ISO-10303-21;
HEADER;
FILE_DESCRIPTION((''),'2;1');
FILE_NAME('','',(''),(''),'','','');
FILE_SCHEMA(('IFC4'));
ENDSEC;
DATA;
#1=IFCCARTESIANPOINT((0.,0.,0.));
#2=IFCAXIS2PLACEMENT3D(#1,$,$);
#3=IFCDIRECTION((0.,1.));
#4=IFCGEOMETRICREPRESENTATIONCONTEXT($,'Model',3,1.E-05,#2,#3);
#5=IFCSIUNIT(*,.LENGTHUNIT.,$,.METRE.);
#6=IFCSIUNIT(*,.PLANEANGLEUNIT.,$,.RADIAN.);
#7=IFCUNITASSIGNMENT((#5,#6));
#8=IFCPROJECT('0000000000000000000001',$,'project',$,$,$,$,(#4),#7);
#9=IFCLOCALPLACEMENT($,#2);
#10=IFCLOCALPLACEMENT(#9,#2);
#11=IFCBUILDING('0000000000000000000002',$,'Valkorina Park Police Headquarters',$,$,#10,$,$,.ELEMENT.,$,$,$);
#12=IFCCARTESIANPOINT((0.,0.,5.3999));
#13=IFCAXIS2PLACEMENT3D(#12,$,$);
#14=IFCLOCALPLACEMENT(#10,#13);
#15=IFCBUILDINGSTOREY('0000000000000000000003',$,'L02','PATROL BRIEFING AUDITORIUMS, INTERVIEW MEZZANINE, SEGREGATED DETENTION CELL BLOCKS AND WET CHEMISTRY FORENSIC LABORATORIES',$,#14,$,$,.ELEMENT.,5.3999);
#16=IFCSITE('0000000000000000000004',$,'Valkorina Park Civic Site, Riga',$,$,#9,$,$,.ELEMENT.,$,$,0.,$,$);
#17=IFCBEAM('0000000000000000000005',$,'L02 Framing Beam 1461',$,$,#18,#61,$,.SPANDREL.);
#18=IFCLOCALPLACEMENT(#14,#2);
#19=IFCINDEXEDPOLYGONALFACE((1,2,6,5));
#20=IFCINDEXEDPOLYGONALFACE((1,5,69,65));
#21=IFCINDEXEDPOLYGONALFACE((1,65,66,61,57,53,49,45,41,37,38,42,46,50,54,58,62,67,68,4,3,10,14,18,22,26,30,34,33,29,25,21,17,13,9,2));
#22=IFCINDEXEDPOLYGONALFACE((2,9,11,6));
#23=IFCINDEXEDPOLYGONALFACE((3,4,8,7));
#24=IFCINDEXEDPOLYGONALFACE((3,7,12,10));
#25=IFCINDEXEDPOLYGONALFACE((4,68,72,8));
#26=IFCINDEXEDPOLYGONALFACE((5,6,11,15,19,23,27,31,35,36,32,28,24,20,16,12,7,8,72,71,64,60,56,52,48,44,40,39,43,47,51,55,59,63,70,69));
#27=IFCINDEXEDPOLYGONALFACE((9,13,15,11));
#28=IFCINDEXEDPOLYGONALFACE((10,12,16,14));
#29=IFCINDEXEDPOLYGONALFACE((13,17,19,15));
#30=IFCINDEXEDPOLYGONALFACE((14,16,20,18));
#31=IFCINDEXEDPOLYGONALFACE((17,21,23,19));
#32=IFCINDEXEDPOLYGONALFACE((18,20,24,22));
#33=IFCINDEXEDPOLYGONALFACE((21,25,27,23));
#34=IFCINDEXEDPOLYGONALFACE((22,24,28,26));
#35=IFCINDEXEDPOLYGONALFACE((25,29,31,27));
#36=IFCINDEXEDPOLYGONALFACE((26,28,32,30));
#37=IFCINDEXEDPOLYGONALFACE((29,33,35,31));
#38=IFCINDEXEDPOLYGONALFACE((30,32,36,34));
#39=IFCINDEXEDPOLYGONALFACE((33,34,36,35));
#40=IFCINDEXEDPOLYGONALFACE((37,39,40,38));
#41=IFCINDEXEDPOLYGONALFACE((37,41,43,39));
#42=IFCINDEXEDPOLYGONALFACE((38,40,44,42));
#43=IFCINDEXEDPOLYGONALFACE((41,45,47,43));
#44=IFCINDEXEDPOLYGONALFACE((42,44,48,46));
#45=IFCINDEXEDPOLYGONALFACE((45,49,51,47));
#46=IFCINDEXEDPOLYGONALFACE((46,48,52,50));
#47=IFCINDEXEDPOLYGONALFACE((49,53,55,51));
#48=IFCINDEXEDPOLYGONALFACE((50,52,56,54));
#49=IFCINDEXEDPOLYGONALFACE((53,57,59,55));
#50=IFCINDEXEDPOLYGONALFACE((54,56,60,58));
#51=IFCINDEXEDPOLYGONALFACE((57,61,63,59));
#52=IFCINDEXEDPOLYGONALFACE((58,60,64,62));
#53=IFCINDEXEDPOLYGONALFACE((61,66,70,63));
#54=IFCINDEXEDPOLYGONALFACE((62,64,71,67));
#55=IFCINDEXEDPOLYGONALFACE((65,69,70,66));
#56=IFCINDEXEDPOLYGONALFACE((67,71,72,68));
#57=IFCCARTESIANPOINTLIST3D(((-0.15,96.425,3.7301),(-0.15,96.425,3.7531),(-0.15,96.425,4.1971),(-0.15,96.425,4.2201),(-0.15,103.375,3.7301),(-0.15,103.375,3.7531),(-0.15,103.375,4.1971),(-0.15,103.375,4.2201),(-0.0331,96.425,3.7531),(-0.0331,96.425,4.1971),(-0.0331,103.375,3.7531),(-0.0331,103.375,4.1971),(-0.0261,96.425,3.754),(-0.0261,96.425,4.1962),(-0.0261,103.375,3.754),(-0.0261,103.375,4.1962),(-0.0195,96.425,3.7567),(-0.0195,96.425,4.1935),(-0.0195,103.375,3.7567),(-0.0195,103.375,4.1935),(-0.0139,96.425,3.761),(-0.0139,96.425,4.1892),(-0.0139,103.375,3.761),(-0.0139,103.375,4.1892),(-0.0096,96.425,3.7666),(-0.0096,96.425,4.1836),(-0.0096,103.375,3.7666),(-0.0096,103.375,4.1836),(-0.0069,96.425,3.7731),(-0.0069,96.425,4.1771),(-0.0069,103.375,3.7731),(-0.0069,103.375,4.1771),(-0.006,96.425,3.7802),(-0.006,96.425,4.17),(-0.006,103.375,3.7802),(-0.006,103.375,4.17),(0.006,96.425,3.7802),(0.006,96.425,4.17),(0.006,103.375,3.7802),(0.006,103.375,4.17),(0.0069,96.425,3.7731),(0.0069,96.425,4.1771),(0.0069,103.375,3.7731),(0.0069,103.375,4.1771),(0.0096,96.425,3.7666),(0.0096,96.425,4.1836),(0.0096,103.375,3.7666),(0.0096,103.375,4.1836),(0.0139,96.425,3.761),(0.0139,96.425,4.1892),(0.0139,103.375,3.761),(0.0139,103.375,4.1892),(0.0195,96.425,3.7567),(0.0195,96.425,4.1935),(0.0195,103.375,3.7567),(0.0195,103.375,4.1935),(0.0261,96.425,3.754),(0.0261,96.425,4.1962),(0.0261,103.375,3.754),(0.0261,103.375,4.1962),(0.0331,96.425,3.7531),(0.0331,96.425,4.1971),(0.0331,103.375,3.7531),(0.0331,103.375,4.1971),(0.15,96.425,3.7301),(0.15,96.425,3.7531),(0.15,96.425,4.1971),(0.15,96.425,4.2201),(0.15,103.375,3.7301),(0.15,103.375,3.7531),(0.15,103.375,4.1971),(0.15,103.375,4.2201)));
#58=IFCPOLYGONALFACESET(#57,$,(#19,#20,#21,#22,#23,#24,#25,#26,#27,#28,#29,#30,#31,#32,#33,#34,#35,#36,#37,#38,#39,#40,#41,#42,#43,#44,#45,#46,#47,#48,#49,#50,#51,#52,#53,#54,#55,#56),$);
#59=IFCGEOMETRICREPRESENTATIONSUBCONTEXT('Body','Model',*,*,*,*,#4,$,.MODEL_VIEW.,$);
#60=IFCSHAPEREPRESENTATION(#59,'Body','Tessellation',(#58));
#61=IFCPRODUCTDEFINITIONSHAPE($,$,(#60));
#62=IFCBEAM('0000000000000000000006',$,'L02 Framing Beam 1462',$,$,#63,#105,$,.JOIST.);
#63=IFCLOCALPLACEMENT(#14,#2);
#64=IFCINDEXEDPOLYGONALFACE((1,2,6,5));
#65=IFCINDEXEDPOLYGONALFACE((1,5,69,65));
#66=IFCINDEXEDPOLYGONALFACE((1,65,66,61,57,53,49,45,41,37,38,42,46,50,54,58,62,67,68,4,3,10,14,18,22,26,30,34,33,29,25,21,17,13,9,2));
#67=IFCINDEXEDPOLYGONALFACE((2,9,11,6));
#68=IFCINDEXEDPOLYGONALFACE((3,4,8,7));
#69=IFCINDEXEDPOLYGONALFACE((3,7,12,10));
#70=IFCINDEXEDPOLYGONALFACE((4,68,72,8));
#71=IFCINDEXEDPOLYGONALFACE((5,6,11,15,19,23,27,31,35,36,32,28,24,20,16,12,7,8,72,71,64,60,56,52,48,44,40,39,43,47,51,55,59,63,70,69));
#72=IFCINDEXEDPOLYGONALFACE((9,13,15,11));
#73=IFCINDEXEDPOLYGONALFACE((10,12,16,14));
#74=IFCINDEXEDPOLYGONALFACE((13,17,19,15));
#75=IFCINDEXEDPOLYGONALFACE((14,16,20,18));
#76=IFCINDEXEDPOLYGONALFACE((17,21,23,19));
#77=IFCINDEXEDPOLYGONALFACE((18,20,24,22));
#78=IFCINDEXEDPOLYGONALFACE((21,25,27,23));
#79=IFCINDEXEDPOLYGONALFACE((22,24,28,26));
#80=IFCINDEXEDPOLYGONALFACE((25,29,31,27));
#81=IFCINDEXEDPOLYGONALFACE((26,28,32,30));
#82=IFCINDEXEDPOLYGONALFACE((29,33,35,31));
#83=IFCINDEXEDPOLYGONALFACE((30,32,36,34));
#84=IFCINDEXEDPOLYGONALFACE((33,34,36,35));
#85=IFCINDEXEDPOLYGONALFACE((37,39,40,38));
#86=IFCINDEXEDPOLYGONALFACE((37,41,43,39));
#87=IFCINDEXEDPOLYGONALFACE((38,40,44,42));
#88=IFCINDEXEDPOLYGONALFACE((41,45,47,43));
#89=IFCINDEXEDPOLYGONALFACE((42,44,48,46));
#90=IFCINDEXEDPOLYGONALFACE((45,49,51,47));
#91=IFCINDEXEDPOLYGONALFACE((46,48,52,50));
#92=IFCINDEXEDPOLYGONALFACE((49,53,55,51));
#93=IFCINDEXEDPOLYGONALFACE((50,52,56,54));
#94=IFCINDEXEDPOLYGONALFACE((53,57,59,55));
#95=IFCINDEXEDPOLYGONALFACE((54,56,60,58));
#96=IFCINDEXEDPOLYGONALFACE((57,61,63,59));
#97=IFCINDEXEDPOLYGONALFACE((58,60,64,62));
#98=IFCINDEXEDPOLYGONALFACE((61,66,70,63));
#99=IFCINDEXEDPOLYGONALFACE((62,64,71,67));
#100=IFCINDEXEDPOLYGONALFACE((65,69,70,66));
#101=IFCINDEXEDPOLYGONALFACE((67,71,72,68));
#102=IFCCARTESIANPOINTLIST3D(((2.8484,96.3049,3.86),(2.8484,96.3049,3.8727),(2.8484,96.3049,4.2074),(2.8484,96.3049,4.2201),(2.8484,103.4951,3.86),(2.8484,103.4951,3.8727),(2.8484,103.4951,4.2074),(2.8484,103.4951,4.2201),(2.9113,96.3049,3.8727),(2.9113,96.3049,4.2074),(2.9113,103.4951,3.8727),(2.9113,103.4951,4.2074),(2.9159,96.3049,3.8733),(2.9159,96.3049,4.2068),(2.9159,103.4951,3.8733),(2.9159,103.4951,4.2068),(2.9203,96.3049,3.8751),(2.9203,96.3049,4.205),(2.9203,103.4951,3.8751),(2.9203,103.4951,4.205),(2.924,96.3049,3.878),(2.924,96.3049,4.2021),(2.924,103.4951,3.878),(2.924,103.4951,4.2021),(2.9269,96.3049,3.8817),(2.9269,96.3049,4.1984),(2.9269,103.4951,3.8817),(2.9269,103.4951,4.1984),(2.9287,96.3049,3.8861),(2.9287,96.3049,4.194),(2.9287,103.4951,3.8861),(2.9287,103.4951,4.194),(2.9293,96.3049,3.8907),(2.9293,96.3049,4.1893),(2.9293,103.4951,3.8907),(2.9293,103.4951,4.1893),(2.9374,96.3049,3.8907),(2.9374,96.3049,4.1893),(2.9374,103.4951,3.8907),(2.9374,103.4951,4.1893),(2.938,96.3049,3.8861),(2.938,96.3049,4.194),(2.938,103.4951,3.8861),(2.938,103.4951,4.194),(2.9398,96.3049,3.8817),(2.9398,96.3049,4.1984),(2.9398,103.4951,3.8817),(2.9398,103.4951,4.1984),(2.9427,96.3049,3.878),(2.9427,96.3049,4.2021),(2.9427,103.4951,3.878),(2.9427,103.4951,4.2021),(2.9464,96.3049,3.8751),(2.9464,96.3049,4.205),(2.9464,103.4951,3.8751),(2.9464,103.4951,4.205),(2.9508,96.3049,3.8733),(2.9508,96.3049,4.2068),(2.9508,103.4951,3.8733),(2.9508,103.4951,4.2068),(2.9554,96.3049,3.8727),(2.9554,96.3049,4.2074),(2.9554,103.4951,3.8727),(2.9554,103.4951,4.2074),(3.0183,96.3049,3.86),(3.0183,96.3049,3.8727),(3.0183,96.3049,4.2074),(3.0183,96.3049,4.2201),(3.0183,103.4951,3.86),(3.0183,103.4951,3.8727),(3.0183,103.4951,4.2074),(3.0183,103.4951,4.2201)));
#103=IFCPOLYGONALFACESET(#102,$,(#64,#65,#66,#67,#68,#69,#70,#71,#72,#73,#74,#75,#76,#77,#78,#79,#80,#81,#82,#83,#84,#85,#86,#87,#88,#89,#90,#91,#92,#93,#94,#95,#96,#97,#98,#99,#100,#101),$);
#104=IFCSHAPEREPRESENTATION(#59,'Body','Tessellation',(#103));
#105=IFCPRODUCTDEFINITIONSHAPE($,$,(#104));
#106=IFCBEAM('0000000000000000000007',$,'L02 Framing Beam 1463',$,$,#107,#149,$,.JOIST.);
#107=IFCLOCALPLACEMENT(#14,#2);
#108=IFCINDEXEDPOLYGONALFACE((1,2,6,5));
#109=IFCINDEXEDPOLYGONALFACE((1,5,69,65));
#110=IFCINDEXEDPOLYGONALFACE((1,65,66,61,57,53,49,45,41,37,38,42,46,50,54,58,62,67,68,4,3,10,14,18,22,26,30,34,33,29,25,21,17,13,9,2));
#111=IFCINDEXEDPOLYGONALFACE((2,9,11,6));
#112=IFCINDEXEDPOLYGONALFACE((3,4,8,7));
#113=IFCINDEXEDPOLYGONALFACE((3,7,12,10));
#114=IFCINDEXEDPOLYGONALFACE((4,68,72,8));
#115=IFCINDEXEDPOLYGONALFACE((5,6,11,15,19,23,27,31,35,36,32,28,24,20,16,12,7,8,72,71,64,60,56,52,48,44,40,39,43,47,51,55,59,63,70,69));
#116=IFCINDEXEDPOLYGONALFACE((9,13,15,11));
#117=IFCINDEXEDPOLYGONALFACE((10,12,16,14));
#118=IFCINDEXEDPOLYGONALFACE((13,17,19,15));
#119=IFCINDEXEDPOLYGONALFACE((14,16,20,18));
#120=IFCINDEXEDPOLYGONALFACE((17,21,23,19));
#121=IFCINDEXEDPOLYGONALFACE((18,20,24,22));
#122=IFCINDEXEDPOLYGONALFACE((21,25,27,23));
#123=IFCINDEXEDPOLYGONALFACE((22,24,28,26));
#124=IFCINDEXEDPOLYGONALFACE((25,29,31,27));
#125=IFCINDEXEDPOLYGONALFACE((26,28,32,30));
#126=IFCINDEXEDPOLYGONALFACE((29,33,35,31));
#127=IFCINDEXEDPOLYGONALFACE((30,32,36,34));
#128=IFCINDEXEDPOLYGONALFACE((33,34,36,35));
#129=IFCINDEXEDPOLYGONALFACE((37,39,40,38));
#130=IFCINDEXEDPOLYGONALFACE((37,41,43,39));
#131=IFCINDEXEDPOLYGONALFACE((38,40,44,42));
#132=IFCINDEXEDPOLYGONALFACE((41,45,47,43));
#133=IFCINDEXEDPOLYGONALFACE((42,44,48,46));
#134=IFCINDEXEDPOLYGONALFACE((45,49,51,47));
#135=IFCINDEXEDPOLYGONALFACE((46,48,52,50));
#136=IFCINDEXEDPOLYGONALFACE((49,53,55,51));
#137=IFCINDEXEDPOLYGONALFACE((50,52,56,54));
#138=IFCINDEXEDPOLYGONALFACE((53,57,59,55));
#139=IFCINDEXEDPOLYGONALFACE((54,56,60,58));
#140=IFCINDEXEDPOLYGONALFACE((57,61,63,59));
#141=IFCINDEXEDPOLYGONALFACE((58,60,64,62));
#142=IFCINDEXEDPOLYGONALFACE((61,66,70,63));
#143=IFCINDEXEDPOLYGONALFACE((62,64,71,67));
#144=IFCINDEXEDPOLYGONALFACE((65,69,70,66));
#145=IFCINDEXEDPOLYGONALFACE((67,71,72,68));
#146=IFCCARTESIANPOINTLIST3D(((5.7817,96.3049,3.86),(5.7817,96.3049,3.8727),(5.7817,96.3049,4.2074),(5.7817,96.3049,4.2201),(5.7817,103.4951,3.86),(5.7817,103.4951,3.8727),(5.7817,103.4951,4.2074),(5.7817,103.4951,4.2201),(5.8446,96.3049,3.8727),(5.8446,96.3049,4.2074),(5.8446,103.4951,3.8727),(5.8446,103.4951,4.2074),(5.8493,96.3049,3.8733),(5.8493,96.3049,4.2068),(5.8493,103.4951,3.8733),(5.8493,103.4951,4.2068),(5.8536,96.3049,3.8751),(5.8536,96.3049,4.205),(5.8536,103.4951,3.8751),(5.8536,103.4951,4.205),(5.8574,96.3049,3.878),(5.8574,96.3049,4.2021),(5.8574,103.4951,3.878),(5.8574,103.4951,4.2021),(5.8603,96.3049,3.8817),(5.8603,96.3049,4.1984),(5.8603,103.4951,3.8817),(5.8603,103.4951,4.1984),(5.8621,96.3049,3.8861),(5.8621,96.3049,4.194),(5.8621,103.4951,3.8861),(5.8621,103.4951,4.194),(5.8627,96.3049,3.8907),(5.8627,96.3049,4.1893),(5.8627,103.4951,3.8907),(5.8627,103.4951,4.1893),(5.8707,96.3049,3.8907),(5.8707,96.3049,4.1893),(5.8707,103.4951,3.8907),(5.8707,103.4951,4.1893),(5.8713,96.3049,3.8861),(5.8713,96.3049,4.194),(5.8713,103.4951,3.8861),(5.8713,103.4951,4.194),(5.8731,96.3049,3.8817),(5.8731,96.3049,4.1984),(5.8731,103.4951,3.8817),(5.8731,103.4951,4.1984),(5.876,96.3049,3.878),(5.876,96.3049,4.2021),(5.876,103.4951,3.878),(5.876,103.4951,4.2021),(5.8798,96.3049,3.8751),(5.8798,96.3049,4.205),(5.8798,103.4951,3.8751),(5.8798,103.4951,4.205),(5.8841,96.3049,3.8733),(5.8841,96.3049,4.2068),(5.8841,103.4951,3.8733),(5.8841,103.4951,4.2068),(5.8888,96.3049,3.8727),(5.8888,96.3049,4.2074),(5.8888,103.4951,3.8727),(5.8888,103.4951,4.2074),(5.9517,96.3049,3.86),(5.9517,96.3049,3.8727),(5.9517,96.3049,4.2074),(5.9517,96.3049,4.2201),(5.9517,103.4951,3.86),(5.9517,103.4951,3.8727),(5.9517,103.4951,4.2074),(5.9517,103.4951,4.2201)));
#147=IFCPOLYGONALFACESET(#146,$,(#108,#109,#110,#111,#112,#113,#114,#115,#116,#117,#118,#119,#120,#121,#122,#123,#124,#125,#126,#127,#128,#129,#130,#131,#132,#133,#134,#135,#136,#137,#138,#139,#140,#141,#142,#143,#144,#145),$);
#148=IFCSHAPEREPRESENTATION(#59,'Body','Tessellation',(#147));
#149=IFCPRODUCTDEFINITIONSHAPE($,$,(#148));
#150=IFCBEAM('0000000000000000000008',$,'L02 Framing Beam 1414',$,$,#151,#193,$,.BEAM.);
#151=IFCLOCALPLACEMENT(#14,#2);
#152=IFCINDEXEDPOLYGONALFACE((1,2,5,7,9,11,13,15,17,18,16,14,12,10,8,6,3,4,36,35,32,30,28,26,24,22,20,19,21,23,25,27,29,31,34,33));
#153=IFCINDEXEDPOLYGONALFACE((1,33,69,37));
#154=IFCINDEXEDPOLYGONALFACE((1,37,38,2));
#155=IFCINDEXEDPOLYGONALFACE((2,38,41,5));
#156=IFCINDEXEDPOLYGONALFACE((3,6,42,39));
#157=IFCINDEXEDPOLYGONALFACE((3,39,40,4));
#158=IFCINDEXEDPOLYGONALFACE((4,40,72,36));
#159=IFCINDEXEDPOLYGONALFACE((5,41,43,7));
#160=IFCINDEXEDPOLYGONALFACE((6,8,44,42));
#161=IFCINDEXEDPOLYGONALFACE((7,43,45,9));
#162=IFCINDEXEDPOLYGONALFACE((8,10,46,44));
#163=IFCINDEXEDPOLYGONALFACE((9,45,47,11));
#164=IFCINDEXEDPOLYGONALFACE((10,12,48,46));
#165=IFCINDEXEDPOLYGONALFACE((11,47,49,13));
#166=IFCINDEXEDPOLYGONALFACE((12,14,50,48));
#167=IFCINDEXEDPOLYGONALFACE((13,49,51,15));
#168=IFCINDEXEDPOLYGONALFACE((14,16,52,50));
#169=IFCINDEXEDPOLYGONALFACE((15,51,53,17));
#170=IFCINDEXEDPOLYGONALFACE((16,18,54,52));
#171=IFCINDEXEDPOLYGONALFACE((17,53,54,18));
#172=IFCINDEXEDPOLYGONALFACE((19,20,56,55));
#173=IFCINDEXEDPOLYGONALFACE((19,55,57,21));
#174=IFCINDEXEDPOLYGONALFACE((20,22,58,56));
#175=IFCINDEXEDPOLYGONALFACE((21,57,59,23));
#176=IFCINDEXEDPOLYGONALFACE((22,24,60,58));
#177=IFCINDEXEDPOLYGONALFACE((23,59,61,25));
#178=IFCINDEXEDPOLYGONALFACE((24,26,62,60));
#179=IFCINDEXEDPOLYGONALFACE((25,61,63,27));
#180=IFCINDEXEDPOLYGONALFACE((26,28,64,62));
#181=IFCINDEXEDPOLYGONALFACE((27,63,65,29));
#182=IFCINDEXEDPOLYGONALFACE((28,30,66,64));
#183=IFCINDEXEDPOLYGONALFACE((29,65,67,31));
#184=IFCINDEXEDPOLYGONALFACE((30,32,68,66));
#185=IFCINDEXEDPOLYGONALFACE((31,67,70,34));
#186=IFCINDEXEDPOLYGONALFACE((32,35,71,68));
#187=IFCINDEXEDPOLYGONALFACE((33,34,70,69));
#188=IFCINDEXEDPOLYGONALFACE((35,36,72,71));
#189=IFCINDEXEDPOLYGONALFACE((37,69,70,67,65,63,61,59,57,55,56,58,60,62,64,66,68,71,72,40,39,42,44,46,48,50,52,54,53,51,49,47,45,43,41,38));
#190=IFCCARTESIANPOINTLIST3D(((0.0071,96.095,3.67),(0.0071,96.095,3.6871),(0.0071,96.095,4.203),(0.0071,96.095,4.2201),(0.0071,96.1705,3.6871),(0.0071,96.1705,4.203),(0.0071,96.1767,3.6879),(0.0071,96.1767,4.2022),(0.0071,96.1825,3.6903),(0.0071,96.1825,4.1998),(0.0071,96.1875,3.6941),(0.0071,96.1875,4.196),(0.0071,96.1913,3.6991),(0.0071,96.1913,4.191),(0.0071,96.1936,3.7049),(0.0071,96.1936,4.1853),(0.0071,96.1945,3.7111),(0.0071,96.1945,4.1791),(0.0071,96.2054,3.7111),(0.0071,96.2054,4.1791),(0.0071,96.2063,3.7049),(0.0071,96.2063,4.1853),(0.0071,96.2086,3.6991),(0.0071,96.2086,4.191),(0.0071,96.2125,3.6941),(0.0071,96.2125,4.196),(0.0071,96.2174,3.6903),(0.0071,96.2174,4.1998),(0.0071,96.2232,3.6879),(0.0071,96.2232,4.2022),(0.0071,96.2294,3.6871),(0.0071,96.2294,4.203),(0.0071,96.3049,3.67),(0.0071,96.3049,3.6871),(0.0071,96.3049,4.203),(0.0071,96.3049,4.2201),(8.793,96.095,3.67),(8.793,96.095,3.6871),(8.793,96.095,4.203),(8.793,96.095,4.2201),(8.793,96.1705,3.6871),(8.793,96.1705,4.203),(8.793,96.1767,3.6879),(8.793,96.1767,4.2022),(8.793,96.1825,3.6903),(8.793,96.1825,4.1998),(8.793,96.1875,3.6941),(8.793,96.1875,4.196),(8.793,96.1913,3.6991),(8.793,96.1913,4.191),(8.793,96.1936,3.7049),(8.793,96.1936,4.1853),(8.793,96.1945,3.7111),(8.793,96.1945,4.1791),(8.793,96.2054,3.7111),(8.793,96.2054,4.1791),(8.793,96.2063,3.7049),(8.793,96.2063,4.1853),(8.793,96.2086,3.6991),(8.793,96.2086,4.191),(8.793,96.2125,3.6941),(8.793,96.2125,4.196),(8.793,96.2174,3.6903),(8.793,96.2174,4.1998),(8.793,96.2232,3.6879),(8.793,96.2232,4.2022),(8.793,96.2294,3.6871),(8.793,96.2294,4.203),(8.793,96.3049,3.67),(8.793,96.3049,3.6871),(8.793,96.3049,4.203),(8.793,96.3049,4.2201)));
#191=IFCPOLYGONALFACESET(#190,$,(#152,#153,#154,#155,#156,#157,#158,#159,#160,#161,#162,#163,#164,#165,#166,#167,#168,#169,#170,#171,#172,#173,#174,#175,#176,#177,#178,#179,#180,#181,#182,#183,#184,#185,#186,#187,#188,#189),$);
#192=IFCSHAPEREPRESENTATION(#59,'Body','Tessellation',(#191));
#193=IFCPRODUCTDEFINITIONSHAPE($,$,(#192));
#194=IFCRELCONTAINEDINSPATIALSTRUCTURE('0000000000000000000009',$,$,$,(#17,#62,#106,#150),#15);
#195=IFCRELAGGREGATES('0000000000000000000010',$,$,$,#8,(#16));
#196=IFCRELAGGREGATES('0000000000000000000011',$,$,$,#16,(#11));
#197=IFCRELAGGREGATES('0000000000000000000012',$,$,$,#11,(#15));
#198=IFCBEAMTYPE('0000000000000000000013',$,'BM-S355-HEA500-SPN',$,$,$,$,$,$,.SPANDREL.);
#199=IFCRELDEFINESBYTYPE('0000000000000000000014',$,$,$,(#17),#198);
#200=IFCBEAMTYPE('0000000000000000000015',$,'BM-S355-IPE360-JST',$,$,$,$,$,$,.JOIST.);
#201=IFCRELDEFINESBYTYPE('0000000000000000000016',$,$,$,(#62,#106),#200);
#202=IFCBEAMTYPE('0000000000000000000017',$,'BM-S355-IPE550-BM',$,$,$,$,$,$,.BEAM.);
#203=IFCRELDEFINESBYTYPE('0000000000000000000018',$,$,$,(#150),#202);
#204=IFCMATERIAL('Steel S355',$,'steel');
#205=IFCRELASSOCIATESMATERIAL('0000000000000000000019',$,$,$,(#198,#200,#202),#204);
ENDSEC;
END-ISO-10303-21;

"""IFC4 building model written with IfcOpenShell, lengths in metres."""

from ifc_helpers import new_model, si_unit, direction, frame, origin, origin_2d, place, context, subcontext, project, spatial, i_section, extrude, material, material_profile, profile_set, type_object, element, save


model = new_model("IFC4")

# Units and contexts
model_context = context("Model", 3, precision=1e-05, world=origin(), true_north=direction((0.0, 1.0)))
body_context = subcontext(model_context, "Body", "Model", "MODEL_VIEW")
ifc_project = project(units=[si_unit("LENGTHUNIT", "METRE"), si_unit("PLANEANGLEUNIT", "RADIAN")], contexts=[model_context])

# Site, building, storey
site_placement = place(None, origin())
site = spatial("IfcSite", under=ifc_project, at=site_placement, Name="Valkorina Park Civic Site, Riga", CompositionType="ELEMENT", RefElevation=0.0)
building_placement = place(site_placement, origin())
building = spatial("IfcBuilding", under=site, at=building_placement, Name="Valkorina Park Police Headquarters", CompositionType="ELEMENT")
storey_placement = place(building_placement, frame((0.0, 0.0, 5.3999)))
storey = spatial("IfcBuildingStorey", under=building, at=storey_placement, Name="L02", Description="PATROL BRIEFING AUDITORIUMS, INTERVIEW MEZZANINE, SEGREGATED DETENTION CELL BLOCKS AND WET CHEMISTRY FORENSIC LABORATORIES", CompositionType="ELEMENT", Elevation=5.3999)

# Shared definitions
ifc_material_1 = material(Name="Steel S355", Category="steel")

# Beams
ifc_material_profile_1 = material_profile(ifc_material_1, i_section(OverallWidth=0.3, OverallDepth=0.49, WebThickness=0.012, FlangeThickness=0.0229, FilletRadius=0.0271, at=origin_2d()), Name="HEA 500")
ifc_profile_set_1 = profile_set([ifc_material_profile_1], Name="Steel S355")
beam_type_1 = type_object("IfcBeamType", Name="BM-S355-HEA500-SPN", PredefinedType="SPANDREL", material=ifc_profile_set_1)
beam_1_placement = place(storey_placement, frame((0.0, 96.425, 3.9751), z_axis=(0.0, 1.0, 0.0), x_axis=(-1.0, 0.0, 0.0)))
element("IfcBeam", 1, at=beam_1_placement, inside=storey, type_object=beam_type_1, Name="L02 Framing Beam 1461", PredefinedType="SPANDREL", context=body_context, shape_type="SweptSolid", body=[
    extrude(i_section(OverallWidth=0.3, OverallDepth=0.49, WebThickness=0.012, FlangeThickness=0.0229, FilletRadius=0.0271, at=origin_2d()), origin(), (0.0, 0.0, 1.0), 6.95),
])
ifc_material_profile_2 = material_profile(ifc_material_1, i_section(OverallWidth=0.1699, OverallDepth=0.3601, WebThickness=0.0081, FlangeThickness=0.0127, FilletRadius=0.0181, at=origin_2d()), Name="IPE 360")
ifc_profile_set_2 = profile_set([ifc_material_profile_2], Name="Steel S355")
beam_type_2 = type_object("IfcBeamType", Name="BM-S355-IPE360-JST", PredefinedType="JOIST", material=ifc_profile_set_2)
for number, where, z_axis, x_axis, name in (
    (2, (2.9333, 96.3049, 4.04), (0.0, 1.0, 0.0), (-1.0, 0.0, 0.0), "L02 Framing Beam 1462"),
    (3, (5.8667, 96.3049, 4.04), (0.0, 1.0, 0.0), (-1.0, 0.0, 0.0), "L02 Framing Beam 1463"),
):
    element("IfcBeam", number, at=place(storey_placement, frame(where, z_axis=z_axis, x_axis=x_axis)), inside=storey, type_object=beam_type_2, Name=name, PredefinedType="JOIST", context=body_context, shape_type="SweptSolid", body=[
        extrude(i_section(OverallWidth=0.1699, OverallDepth=0.3601, WebThickness=0.0081, FlangeThickness=0.0127, FilletRadius=0.0181, at=origin_2d()), origin(), (0.0, 0.0, 1.0), 7.1902),
    ])
ifc_material_profile_3 = material_profile(ifc_material_1, i_section(OverallWidth=0.21, OverallDepth=0.55, WebThickness=0.011, FlangeThickness=0.0171, FilletRadius=0.0239, at=origin_2d()), Name="IPE 550")
ifc_profile_set_3 = profile_set([ifc_material_profile_3], Name="Steel S355")
beam_type_3 = type_object("IfcBeamType", Name="BM-S355-IPE550-BM", PredefinedType="BEAM", material=ifc_profile_set_3)
beam_2_placement = place(storey_placement, frame((0.0071, 96.2, 3.9451), z_axis=(1.0, 0.0, 0.0), x_axis=(0.0, 1.0, 0.0)))
element("IfcBeam", 4, at=beam_2_placement, inside=storey, type_object=beam_type_3, Name="L02 Framing Beam 1414", PredefinedType="BEAM", context=body_context, shape_type="SweptSolid", body=[
    extrude(i_section(OverallWidth=0.21, OverallDepth=0.55, WebThickness=0.011, FlangeThickness=0.0171, FilletRadius=0.0239, at=origin_2d()), origin(), (0.0, 0.0, 1.0), 8.7859),
])

save(model, "model.ifc")
